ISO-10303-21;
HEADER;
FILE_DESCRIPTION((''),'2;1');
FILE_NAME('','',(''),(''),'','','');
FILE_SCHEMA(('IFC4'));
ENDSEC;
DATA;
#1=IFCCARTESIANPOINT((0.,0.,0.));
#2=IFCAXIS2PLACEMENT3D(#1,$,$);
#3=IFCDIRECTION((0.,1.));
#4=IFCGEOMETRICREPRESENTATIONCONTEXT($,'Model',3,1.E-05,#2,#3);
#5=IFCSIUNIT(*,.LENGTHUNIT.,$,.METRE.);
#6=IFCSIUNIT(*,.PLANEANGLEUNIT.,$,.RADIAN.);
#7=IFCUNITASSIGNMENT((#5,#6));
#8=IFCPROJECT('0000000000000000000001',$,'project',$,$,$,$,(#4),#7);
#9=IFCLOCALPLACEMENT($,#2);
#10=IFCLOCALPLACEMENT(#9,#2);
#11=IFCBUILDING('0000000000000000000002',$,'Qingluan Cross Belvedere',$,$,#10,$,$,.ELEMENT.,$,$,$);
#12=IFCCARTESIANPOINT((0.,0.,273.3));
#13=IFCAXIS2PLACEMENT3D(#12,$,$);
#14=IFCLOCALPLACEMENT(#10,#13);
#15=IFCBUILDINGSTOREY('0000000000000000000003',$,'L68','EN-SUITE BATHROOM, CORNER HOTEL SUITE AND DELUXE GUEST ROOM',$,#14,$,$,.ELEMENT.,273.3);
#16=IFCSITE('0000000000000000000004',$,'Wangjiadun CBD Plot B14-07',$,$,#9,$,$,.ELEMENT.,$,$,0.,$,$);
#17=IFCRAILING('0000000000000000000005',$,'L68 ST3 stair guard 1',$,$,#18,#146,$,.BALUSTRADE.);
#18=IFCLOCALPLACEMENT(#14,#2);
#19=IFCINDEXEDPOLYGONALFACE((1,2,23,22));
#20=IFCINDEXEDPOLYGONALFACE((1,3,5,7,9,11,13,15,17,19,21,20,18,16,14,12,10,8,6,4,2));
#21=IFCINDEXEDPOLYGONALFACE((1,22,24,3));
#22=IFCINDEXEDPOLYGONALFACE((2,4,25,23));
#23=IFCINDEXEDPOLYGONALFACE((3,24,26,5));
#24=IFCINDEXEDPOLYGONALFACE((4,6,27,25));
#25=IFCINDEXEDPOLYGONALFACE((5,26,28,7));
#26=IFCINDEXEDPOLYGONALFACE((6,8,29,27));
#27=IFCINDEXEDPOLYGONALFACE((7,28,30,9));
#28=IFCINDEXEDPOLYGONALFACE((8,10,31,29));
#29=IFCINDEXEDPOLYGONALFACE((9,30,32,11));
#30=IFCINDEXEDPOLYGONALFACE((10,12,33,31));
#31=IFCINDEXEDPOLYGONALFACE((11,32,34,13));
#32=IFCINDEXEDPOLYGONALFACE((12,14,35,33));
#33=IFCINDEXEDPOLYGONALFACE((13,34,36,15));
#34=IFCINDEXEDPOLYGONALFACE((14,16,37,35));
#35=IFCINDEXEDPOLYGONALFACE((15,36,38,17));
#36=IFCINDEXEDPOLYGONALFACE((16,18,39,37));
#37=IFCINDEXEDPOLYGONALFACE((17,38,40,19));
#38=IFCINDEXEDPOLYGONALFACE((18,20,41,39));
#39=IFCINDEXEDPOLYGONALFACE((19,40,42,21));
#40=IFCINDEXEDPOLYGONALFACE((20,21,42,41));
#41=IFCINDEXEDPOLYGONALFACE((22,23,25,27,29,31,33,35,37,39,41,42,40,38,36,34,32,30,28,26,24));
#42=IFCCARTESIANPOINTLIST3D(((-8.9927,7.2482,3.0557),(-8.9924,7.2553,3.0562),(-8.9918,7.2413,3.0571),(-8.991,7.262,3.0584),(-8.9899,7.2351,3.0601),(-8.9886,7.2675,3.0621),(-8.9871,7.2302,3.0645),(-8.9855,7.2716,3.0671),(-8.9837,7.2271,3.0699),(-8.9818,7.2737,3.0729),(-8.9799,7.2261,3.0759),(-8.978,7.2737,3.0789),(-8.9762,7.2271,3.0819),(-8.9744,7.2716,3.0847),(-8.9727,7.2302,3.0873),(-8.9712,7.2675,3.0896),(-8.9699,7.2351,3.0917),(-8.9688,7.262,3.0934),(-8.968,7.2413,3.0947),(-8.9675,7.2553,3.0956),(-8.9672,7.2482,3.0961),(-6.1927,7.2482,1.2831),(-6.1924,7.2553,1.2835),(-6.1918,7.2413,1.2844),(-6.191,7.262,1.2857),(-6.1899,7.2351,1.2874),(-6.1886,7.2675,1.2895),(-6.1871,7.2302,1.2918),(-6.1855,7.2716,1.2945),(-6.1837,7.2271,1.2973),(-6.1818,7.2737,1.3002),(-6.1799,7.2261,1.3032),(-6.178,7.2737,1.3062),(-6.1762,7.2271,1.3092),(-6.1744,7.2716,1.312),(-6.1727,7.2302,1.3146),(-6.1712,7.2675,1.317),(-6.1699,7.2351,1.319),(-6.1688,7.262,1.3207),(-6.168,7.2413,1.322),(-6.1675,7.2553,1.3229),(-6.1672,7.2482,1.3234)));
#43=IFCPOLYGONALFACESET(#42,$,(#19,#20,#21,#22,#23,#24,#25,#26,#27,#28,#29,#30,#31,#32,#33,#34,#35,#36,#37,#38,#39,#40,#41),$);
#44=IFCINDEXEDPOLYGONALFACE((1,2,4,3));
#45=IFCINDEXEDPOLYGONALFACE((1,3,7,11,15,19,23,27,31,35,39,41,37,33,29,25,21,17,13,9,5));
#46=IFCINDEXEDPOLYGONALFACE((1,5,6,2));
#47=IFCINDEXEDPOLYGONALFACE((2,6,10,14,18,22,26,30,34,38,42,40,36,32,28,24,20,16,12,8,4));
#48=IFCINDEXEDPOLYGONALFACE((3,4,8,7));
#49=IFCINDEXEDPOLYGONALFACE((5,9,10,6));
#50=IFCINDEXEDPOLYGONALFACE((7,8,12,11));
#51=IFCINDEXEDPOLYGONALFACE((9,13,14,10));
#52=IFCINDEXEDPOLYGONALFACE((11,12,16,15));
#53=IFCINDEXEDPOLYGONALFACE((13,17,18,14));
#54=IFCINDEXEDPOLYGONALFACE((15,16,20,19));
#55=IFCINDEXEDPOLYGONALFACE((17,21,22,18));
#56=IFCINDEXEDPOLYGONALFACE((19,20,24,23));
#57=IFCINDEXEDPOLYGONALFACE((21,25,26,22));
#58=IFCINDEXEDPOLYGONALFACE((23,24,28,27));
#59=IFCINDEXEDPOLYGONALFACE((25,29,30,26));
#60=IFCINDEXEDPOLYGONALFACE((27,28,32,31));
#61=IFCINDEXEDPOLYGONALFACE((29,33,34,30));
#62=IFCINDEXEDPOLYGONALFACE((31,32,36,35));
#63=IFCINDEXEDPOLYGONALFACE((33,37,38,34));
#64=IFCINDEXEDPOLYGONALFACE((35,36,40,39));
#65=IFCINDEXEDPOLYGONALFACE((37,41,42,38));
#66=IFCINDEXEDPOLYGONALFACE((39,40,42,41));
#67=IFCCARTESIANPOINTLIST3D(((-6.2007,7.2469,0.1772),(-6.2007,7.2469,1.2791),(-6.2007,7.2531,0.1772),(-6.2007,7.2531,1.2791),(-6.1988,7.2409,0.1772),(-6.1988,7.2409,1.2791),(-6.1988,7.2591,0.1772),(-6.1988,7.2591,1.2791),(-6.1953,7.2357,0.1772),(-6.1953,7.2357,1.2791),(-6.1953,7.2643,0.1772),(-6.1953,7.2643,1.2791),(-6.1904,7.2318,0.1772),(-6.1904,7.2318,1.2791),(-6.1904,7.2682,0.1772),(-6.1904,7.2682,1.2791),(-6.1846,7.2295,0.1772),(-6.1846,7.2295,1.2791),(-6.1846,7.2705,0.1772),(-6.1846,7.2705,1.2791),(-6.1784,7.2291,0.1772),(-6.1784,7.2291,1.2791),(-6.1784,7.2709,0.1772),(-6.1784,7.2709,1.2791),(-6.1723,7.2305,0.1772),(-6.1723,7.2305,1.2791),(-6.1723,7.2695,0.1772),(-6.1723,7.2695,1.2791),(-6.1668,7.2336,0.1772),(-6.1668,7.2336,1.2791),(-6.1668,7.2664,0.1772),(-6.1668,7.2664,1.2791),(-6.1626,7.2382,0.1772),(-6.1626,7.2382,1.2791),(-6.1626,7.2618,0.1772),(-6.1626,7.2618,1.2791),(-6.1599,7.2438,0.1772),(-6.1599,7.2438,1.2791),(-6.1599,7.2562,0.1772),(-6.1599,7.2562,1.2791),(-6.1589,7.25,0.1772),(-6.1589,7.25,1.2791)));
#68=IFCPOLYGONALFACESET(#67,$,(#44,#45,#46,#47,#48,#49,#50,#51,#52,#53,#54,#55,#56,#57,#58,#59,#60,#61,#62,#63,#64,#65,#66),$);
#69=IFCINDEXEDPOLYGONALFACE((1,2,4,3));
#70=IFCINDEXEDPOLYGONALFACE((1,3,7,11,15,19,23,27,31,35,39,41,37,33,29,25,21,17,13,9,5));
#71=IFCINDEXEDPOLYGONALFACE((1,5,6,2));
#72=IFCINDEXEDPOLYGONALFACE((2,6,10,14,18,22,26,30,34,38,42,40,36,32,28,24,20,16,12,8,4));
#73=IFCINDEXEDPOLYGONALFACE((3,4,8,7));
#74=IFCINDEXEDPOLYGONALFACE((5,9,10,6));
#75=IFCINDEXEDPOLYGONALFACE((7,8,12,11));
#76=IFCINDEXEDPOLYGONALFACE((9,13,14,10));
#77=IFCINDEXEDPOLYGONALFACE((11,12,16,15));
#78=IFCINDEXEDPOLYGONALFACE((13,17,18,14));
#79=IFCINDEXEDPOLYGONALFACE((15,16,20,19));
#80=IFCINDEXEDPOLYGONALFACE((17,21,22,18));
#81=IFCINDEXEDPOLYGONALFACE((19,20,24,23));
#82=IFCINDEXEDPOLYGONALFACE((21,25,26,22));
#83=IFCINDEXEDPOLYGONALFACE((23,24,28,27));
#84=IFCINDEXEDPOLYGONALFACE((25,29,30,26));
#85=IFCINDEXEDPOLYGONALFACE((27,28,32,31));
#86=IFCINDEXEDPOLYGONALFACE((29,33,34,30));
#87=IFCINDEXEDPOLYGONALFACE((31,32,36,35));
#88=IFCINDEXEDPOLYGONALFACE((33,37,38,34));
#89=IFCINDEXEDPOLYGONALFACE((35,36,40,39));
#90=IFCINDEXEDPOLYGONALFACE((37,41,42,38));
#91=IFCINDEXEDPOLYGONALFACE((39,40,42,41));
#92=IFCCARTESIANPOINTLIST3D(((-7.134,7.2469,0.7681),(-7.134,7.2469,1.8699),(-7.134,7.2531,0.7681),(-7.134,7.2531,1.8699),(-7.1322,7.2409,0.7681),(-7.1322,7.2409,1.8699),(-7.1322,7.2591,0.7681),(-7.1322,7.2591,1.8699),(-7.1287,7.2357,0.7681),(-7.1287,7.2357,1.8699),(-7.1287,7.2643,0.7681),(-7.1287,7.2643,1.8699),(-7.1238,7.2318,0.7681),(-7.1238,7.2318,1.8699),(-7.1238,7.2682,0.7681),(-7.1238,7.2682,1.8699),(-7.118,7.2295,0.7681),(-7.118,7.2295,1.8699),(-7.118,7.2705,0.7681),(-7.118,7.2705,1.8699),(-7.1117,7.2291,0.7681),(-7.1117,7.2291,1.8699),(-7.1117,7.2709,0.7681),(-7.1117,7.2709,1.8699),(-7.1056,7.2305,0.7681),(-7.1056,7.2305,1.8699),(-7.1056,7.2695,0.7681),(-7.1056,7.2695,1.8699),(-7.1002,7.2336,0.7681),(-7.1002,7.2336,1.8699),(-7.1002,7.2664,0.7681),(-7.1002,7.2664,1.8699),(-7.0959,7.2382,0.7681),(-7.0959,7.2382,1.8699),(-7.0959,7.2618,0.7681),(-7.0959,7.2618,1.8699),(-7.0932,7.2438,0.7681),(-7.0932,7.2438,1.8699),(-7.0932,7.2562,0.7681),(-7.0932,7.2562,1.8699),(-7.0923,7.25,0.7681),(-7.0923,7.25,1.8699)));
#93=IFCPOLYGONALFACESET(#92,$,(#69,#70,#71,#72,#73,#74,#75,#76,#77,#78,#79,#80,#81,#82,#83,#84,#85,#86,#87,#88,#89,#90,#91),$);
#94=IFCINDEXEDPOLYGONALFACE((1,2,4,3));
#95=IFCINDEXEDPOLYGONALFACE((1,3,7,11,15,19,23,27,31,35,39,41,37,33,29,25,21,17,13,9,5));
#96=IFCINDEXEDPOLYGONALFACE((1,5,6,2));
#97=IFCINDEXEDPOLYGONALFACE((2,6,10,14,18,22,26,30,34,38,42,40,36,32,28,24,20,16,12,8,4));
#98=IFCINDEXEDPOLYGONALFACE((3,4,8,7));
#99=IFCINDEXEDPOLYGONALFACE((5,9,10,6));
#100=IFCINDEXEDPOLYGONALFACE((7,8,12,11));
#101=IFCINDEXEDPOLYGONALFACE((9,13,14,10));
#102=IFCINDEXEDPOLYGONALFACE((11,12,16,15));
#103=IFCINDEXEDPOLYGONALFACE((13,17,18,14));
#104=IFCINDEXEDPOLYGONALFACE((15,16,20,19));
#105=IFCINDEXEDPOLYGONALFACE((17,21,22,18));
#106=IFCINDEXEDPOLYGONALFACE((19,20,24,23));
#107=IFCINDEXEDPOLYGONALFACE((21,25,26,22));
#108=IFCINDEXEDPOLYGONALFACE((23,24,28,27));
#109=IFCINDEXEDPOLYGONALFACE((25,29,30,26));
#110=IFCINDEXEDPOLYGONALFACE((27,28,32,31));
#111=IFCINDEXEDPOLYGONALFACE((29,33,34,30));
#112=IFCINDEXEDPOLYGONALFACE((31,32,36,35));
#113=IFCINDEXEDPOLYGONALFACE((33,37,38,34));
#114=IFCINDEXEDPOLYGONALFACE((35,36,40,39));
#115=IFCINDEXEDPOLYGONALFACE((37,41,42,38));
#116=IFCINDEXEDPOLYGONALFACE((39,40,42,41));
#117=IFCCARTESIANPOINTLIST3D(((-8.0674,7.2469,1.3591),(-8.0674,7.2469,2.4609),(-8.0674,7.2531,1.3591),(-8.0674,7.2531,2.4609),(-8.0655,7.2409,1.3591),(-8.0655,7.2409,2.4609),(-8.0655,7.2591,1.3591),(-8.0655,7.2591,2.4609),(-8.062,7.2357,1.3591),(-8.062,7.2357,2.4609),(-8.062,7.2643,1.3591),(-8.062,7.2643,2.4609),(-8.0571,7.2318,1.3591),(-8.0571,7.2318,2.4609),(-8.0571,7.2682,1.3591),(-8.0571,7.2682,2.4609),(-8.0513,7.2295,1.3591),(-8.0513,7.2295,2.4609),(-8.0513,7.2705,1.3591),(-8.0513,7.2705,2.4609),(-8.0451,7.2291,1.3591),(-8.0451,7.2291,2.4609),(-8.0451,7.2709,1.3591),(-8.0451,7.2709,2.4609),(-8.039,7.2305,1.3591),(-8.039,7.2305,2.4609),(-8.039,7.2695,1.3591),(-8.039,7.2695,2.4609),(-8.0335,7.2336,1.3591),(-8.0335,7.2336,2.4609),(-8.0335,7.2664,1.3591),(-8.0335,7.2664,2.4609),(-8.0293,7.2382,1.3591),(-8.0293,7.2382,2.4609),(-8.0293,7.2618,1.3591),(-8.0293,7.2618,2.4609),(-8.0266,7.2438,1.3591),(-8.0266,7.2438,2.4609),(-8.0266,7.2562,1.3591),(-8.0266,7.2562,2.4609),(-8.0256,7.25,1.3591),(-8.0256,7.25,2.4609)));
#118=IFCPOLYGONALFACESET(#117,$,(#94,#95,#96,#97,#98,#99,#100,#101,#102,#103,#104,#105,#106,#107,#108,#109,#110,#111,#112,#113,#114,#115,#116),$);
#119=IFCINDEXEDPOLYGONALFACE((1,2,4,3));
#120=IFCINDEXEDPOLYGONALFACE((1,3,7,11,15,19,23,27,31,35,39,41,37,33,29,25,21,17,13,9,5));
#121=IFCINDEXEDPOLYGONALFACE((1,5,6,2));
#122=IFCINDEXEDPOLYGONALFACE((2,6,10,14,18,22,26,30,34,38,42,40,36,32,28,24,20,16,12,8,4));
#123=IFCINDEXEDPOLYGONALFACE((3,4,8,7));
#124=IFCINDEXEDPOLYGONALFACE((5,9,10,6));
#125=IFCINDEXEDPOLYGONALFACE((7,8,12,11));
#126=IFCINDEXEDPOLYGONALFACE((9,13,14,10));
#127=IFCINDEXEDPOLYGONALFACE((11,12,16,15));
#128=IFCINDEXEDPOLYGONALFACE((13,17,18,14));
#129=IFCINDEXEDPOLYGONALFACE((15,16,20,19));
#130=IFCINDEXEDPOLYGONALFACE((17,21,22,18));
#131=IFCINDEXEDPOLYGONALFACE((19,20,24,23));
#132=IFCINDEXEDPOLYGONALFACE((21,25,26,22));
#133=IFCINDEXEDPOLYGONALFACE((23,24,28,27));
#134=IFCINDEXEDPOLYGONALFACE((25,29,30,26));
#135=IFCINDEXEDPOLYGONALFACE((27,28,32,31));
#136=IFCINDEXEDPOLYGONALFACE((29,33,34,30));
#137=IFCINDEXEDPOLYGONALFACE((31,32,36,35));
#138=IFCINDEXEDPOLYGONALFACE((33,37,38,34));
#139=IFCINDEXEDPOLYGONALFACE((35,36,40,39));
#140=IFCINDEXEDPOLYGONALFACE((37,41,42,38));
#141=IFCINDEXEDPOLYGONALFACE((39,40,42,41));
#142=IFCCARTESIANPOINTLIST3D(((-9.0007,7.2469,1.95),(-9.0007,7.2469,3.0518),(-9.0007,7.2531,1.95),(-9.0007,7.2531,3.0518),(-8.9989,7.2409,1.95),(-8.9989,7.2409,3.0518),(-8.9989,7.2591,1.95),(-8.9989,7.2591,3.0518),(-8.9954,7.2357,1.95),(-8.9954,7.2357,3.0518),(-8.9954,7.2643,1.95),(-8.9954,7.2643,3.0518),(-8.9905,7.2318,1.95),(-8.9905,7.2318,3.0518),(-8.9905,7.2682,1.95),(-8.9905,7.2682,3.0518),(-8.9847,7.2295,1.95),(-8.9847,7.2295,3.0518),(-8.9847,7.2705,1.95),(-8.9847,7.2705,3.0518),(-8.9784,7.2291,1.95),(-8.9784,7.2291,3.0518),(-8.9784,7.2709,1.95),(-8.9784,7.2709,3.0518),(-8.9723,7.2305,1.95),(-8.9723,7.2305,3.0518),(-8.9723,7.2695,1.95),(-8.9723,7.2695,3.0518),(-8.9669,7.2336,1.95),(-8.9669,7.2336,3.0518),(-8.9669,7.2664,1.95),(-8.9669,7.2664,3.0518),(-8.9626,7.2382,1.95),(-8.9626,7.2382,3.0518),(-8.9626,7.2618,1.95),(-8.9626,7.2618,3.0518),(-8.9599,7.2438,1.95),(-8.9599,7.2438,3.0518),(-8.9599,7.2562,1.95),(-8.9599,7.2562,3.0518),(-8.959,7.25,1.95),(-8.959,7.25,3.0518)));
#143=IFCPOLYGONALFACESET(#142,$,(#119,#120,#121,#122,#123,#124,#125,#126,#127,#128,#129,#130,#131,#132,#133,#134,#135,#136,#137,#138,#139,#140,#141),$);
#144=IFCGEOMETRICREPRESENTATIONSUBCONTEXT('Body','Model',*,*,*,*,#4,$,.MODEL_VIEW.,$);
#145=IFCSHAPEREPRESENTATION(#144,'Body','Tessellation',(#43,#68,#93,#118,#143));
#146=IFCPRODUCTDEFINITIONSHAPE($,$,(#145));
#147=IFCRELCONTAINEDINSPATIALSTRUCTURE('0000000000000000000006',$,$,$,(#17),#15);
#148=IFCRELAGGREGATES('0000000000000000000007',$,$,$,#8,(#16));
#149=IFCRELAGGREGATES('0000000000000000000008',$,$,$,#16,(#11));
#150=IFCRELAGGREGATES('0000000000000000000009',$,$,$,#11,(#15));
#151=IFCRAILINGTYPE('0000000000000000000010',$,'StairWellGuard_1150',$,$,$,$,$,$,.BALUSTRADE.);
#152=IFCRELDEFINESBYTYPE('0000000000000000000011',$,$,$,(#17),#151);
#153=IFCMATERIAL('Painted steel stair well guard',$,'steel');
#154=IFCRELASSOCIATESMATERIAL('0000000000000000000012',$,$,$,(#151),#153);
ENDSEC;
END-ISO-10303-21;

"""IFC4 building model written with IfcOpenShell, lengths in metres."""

from ifc_helpers import new_model, si_unit, direction, frame, origin, origin_2d, place, context, subcontext, project, spatial, circle, extrude, material, type_object, element, save


model = new_model("IFC4")

# Units and contexts
model_context = context("Model", 3, precision=1e-05, world=origin(), true_north=direction((0.0, 1.0)))
body_context = subcontext(model_context, "Body", "Model", "MODEL_VIEW")
ifc_project = project(units=[si_unit("LENGTHUNIT", "METRE"), si_unit("PLANEANGLEUNIT", "RADIAN")], contexts=[model_context])

# Site, building, storey
site_placement = place(None, origin())
site = spatial("IfcSite", under=ifc_project, at=site_placement, Name="Wangjiadun CBD Plot B14-07", CompositionType="ELEMENT", RefElevation=0.0)
building_placement = place(site_placement, origin())
building = spatial("IfcBuilding", under=site, at=building_placement, Name="Qingluan Cross Belvedere", CompositionType="ELEMENT")
storey_placement = place(building_placement, frame((0.0, 0.0, 273.3)))
storey = spatial("IfcBuildingStorey", under=building, at=storey_placement, Name="L68", Description="EN-SUITE BATHROOM, CORNER HOTEL SUITE AND DELUXE GUEST ROOM", CompositionType="ELEMENT", Elevation=273.3)

# Railing
ifc_material_1 = material(Name="Painted steel stair well guard", Category="steel")
railing_type_1 = type_object("IfcRailingType", Name="StairWellGuard_1150", PredefinedType="BALUSTRADE", material=ifc_material_1)
railing_1_placement = place(storey_placement, frame((-6.1799, 7.25, 0.1772)))
element("IfcRailing", 1, at=railing_1_placement, inside=storey, type_object=railing_type_1, Name="L68 ST3 stair guard 1", PredefinedType="BALUSTRADE", context=body_context, shape_type="SweptSolid", body=[
    extrude(circle(Radius=0.0239, at=origin_2d()), frame((0.0, 0.0, 1.126), z_axis=(-0.844909, 0.0, 0.53491), x_axis=(0.0, -1.0, 0.0)), (0.0, 0.0, 1.0), 3.314),
    extrude(circle(Radius=0.021, at=origin_2d()), origin(), (0.0, 0.0, 1.0), 1.1018),
    extrude(circle(Radius=0.021, at=origin_2d()), frame((-0.9333, 0.0, 0.5908)), (0.0, 0.0, 1.0), 1.1018),
    extrude(circle(Radius=0.021, at=origin_2d()), frame((-1.8667, 0.0, 1.1819)), (0.0, 0.0, 1.0), 1.1018),
    extrude(circle(Radius=0.021, at=origin_2d()), frame((-2.8, 0.0, 1.7727)), (0.0, 0.0, 1.0), 1.1018),
])

save(model, "model.ifc")
